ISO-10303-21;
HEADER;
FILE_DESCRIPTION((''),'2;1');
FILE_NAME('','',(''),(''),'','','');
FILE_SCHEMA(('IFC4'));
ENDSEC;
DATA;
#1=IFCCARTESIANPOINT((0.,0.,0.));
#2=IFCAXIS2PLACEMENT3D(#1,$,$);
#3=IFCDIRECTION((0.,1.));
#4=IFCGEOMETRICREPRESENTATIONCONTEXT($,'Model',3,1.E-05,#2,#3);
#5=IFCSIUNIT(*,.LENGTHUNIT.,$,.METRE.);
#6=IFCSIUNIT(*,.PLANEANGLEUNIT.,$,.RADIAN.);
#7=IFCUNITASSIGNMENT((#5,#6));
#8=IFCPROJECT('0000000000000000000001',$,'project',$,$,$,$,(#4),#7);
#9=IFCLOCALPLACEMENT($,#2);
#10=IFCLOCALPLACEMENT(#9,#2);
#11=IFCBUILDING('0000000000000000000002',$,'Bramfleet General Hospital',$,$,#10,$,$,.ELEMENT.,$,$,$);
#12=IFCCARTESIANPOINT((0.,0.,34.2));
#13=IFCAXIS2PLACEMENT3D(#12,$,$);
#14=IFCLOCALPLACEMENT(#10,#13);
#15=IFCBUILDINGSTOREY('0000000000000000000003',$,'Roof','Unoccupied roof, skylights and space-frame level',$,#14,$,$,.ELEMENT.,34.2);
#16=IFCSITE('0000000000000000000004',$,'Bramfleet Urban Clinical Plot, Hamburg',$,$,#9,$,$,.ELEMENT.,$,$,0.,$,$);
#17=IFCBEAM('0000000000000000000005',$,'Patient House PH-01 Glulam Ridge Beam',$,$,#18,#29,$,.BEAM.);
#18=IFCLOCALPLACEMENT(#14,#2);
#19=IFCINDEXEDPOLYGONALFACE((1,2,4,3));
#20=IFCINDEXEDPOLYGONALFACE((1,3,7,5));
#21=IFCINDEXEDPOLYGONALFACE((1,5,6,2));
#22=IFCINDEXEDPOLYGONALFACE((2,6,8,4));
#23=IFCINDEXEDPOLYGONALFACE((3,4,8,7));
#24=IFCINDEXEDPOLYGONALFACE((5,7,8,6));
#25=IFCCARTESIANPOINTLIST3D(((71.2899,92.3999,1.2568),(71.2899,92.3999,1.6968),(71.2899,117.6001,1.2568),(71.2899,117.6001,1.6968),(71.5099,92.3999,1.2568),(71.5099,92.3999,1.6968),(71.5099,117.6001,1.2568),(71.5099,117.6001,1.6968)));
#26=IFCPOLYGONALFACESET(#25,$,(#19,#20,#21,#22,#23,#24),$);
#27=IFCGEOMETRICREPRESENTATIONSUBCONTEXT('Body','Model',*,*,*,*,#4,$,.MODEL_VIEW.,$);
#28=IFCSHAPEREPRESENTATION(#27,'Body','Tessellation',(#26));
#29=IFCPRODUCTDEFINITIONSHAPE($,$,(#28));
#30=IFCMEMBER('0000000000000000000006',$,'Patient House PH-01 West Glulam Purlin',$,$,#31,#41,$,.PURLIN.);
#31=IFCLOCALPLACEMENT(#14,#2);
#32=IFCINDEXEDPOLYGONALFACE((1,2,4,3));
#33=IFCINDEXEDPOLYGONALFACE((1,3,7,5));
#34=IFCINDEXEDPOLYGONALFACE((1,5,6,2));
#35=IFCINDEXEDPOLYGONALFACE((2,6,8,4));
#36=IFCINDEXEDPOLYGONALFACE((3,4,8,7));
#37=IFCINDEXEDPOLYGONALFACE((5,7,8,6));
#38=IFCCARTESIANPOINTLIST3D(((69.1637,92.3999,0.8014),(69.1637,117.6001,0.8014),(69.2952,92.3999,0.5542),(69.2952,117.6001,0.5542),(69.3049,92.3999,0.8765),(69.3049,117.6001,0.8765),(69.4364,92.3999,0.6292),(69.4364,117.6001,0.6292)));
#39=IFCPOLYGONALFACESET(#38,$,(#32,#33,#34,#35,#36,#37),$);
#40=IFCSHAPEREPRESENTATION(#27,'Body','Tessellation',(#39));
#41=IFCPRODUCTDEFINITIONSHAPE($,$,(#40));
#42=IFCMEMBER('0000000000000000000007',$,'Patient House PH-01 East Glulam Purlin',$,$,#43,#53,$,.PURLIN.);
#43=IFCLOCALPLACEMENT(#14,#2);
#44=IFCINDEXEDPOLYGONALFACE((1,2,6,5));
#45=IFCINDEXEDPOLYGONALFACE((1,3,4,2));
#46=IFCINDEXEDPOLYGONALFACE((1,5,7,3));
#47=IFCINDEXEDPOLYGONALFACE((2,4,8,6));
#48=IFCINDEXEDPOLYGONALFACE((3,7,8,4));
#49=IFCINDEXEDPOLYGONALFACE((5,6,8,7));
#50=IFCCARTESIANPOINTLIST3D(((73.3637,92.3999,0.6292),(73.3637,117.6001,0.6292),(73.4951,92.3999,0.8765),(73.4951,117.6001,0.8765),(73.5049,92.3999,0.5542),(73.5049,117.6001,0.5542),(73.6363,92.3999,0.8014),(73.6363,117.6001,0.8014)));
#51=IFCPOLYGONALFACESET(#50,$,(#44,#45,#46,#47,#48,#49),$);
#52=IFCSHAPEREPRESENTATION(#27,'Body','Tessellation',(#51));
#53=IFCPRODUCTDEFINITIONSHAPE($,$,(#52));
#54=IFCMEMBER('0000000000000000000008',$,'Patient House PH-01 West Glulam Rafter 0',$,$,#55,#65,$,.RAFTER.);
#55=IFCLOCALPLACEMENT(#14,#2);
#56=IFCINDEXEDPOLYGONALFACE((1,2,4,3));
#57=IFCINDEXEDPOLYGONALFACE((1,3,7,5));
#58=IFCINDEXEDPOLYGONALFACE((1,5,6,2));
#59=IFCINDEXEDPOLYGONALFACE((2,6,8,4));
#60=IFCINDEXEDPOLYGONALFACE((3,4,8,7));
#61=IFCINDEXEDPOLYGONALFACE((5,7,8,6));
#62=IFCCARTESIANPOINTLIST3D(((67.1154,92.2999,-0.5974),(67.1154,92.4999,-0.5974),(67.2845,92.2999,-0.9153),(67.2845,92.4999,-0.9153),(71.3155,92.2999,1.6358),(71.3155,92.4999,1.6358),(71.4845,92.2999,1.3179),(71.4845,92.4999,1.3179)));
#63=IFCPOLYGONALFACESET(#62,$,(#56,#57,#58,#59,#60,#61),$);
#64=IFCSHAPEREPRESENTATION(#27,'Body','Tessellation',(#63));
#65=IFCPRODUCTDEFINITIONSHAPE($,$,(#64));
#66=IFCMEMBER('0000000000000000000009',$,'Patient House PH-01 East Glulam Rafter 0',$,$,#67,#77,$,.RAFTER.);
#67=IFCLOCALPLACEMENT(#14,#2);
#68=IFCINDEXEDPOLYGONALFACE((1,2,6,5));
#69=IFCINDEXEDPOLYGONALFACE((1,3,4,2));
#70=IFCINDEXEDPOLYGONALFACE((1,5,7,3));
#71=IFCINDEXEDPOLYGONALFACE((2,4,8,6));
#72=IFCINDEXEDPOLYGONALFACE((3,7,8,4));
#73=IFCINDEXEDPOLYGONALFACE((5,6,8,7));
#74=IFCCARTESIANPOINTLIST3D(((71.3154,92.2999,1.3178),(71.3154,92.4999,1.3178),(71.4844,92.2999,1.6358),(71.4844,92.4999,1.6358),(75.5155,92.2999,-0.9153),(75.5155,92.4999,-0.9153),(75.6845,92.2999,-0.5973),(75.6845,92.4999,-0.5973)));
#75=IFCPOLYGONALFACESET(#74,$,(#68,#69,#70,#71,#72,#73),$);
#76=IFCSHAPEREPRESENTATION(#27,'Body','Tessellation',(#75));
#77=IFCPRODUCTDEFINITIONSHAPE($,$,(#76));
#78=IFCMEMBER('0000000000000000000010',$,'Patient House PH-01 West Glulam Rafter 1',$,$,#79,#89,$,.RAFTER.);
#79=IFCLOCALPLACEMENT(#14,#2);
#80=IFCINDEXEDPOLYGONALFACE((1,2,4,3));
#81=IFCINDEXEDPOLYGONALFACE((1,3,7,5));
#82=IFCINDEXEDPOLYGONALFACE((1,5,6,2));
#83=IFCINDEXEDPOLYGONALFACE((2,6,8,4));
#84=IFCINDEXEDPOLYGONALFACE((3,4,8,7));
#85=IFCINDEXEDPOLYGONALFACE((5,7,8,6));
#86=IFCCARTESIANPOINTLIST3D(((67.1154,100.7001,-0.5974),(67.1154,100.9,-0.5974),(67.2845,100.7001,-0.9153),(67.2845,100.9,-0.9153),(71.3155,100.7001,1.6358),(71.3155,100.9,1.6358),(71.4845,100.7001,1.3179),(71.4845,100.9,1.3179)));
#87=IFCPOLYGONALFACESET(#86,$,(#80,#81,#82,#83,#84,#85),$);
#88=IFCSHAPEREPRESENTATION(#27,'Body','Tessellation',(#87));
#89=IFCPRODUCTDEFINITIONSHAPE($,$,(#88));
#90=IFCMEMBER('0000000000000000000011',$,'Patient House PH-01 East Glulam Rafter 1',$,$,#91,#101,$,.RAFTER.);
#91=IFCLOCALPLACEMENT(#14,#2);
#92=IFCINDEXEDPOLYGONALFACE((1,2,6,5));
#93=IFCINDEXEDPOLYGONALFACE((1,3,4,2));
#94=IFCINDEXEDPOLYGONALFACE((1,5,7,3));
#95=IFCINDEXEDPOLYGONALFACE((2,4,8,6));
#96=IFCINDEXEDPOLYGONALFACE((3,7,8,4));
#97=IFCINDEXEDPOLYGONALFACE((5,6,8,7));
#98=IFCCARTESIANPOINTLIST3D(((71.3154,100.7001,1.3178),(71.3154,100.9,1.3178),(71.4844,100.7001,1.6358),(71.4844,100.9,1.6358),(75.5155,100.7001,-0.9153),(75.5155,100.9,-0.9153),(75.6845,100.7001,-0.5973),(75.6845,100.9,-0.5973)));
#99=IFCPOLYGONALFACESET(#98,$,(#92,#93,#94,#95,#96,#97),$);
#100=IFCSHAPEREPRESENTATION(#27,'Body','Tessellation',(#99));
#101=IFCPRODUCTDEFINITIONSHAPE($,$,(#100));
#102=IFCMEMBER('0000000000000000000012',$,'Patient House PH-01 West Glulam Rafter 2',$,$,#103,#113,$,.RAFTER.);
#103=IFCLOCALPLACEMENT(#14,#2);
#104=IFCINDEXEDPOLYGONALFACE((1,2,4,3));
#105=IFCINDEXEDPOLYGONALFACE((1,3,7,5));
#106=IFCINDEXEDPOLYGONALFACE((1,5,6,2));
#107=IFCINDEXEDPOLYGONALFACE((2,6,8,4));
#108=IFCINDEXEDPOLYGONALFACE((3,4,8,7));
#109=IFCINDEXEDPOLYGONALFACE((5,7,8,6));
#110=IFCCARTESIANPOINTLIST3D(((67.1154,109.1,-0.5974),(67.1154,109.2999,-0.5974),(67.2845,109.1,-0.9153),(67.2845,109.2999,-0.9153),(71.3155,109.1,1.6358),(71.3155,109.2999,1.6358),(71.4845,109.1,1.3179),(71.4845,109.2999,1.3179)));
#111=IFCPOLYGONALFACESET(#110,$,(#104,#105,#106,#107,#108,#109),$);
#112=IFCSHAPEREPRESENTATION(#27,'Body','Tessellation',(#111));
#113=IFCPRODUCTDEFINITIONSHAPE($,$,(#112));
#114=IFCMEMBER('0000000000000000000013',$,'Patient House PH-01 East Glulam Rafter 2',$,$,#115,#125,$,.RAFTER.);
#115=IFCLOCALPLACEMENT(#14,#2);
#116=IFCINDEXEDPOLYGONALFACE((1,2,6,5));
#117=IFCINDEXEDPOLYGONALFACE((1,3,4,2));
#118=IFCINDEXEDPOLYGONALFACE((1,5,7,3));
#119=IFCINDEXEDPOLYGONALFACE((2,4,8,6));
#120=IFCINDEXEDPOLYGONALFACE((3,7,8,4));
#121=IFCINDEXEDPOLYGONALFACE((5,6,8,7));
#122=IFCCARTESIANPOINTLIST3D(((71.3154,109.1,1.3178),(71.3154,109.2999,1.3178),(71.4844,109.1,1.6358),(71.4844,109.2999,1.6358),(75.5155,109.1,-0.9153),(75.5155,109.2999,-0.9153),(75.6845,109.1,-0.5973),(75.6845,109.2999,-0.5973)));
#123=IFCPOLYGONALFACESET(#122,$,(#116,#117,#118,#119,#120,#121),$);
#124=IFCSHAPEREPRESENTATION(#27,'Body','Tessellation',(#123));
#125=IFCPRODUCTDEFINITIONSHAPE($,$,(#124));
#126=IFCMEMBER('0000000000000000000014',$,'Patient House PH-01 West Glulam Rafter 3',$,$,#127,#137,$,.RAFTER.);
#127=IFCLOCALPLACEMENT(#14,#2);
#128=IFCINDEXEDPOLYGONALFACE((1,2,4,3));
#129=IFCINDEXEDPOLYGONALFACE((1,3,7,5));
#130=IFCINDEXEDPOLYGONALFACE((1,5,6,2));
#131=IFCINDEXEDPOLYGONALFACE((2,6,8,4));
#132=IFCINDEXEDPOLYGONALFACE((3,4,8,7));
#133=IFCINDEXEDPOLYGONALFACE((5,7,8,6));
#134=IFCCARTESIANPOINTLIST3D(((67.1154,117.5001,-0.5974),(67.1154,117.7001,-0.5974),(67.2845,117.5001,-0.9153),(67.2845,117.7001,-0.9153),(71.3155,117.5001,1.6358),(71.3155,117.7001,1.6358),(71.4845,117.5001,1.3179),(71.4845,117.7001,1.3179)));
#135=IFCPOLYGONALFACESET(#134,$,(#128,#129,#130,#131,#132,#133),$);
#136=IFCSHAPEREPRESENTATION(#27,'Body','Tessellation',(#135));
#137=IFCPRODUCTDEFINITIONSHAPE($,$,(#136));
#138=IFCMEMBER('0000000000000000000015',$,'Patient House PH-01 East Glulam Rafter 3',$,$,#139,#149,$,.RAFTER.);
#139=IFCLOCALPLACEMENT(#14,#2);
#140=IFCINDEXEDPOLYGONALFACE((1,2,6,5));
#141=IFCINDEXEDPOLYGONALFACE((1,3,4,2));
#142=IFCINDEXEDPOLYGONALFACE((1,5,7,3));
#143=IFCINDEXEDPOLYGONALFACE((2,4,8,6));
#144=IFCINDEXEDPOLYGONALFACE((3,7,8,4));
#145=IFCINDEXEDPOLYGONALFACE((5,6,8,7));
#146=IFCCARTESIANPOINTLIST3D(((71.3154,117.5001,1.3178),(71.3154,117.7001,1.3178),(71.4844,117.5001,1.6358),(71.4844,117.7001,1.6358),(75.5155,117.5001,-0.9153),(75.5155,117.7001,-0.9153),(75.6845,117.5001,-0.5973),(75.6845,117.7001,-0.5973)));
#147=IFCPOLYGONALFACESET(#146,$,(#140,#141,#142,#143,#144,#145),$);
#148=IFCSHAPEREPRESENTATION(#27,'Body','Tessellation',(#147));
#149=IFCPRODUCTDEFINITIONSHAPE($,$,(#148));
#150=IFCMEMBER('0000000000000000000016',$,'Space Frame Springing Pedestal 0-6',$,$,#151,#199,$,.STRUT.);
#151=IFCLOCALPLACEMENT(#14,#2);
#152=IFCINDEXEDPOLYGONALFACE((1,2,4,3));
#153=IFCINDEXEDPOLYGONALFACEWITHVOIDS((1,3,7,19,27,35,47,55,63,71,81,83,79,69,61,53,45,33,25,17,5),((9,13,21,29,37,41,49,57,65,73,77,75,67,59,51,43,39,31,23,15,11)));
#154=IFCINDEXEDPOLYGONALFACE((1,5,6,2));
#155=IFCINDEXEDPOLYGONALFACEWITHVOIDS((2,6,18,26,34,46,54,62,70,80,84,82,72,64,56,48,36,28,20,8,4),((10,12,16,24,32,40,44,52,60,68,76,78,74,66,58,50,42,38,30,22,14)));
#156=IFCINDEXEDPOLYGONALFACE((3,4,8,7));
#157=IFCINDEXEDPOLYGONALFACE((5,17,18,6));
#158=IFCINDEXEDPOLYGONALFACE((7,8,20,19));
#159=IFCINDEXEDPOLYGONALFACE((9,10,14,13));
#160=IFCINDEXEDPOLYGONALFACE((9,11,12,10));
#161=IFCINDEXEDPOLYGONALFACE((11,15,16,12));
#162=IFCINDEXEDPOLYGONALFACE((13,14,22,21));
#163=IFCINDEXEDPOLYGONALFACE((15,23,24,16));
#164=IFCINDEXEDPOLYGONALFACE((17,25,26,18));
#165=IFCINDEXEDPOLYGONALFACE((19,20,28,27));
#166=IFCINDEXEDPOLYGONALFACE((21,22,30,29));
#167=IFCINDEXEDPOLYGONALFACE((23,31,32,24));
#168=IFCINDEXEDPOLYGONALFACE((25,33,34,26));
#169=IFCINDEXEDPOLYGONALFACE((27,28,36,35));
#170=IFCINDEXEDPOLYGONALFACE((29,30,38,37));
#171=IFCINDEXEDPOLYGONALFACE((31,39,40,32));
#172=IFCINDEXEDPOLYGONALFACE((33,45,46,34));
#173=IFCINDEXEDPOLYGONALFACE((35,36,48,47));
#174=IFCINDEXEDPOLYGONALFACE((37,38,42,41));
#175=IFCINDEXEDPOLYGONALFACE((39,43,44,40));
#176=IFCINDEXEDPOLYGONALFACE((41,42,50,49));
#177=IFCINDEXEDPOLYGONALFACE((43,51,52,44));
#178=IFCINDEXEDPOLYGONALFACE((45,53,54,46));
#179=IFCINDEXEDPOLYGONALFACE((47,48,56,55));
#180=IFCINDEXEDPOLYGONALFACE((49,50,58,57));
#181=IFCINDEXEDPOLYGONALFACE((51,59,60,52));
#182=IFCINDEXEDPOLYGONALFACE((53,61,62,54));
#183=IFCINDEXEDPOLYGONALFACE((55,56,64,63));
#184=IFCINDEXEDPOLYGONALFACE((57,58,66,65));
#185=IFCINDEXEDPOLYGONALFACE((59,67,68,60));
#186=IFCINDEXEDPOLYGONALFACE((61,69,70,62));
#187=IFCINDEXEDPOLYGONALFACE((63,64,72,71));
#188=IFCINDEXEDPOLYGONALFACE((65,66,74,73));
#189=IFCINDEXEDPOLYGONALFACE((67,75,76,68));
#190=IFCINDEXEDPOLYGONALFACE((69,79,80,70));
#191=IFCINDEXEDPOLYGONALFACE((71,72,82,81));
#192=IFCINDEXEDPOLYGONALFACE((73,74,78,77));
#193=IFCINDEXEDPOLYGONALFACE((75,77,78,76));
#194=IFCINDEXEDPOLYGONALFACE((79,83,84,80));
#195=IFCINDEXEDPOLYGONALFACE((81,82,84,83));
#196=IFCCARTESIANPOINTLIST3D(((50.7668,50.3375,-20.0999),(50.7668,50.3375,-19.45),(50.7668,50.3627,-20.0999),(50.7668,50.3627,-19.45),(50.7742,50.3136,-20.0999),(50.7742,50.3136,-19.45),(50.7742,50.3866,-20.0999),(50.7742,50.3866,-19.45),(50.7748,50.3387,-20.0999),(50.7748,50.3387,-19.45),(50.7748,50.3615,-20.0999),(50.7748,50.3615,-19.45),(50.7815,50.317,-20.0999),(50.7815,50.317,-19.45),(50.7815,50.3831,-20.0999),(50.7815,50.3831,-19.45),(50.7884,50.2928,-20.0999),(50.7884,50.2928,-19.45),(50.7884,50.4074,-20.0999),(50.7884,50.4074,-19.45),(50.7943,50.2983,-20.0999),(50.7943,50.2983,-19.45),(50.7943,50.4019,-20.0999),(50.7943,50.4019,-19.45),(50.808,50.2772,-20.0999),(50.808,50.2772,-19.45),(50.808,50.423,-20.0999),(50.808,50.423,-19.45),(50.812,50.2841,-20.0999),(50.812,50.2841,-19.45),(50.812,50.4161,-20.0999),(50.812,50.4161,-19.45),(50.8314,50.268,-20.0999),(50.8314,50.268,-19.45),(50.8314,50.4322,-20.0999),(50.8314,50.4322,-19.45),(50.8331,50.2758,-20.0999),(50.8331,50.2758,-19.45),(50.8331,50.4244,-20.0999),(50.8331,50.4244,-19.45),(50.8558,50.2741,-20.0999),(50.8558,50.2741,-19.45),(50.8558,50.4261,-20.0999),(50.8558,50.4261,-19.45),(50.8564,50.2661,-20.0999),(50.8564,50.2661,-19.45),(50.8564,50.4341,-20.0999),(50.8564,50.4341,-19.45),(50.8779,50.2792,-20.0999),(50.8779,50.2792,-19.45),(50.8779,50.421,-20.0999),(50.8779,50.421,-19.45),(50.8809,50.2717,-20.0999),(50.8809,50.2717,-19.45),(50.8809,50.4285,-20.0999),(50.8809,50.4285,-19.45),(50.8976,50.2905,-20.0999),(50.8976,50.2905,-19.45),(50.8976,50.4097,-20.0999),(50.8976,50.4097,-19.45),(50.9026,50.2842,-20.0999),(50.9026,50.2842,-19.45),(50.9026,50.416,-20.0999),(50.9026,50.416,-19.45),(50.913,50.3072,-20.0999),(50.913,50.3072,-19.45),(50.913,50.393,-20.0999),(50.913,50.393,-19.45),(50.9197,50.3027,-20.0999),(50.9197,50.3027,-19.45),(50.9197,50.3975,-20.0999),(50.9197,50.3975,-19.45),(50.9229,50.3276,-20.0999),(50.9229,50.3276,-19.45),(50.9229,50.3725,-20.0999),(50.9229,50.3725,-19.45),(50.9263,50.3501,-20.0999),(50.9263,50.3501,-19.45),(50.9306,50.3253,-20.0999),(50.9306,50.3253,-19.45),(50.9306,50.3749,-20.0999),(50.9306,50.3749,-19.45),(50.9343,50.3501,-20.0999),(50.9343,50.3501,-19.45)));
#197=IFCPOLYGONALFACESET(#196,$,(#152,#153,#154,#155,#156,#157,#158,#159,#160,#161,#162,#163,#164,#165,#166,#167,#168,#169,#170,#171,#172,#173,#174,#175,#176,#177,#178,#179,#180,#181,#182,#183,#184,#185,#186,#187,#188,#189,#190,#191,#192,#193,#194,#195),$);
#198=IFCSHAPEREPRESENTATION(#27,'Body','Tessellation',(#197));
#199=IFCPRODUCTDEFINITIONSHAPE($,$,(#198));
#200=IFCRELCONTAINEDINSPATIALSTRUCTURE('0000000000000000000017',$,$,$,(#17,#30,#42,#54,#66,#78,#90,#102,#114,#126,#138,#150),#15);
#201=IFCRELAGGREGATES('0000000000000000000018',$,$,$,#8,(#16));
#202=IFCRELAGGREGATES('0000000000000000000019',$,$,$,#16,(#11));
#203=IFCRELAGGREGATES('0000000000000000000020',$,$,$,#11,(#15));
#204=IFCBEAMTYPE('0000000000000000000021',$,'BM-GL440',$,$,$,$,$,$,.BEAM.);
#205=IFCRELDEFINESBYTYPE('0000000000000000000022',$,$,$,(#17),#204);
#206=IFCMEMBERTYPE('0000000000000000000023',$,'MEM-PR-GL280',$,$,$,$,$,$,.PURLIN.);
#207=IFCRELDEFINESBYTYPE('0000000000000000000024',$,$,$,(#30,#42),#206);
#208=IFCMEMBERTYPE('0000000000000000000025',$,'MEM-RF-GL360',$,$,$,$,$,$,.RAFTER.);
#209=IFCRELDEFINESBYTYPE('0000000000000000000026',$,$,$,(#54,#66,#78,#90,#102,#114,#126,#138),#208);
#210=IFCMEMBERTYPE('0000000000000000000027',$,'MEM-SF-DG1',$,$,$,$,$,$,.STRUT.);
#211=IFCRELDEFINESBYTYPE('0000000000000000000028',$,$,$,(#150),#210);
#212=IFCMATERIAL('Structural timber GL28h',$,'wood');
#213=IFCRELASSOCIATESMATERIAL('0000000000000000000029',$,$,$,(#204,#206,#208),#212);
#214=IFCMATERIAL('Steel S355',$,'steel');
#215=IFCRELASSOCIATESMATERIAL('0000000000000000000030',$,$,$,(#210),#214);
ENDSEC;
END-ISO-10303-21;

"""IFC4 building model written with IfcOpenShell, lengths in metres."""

from ifc_helpers import new_model, si_unit, direction, frame, origin, origin_2d, place, context, subcontext, project, spatial, rectangle, hollow_circle, extrude, material, material_profile, profile_set, type_object, element, save


model = new_model("IFC4")

# Units and contexts
model_context = context("Model", 3, precision=1e-05, world=origin(), true_north=direction((0.0, 1.0)))
body_context = subcontext(model_context, "Body", "Model", "MODEL_VIEW")
ifc_project = project(units=[si_unit("LENGTHUNIT", "METRE"), si_unit("PLANEANGLEUNIT", "RADIAN")], contexts=[model_context])

# Site, building, storey
site_placement = place(None, origin())
site = spatial("IfcSite", under=ifc_project, at=site_placement, Name="Bramfleet Urban Clinical Plot, Hamburg", CompositionType="ELEMENT", RefElevation=0.0)
building_placement = place(site_placement, origin())
building = spatial("IfcBuilding", under=site, at=building_placement, Name="Bramfleet General Hospital", CompositionType="ELEMENT")
storey_placement = place(building_placement, frame((0.0, 0.0, 34.2)))
storey = spatial("IfcBuildingStorey", under=building, at=storey_placement, Name="Roof", Description="Unoccupied roof, skylights and space-frame level", CompositionType="ELEMENT", Elevation=34.2)

# Beam
ifc_material_1 = material(Name="Structural timber GL28h", Category="wood")
ifc_material_profile_1 = material_profile(ifc_material_1, rectangle(XDim=0.22, YDim=0.4399, at=origin_2d()), Name="GL28h 440x220")
ifc_profile_set_1 = profile_set([ifc_material_profile_1], Name="Structural timber GL28h")
beam_type = type_object("IfcBeamType", Name="BM-GL440", PredefinedType="BEAM", material=ifc_profile_set_1)
beam_placement = place(storey_placement, frame((71.3999, 92.3999, 1.4768), z_axis=(0.0, 1.0, 0.0), x_axis=(-1.0, 0.0, 0.0)))
element("IfcBeam", 1, at=beam_placement, inside=storey, type_object=beam_type, Name="Patient House PH-01 Glulam Ridge Beam", PredefinedType="BEAM", context=body_context, shape_type="SweptSolid", body=[
    extrude(rectangle(XDim=0.22, YDim=0.4399, at=origin_2d()), origin(), (0.0, 0.0, 1.0), 25.2002),
])

# Members
ifc_material_profile_2 = material_profile(ifc_material_1, rectangle(XDim=0.1599, YDim=0.28, at=origin_2d()), Name="GL28h 280x160")
ifc_profile_set_2 = profile_set([ifc_material_profile_2], Name="Structural timber GL28h")
member_type_1 = type_object("IfcMemberType", Name="MEM-PR-GL280", PredefinedType="PURLIN", material=ifc_profile_set_2)
for number, where, z_axis, x_axis, name in (
    (2, (69.3, 92.3999, 0.7153), (0.0, 1.0, 0.0), (-0.882948, 0.0, -0.469472), "Patient House PH-01 West Glulam Purlin"),
    (3, (73.5, 92.3999, 0.7153), (0.0, 1.0, 0.0), (-0.882948, 0.0, 0.469472), "Patient House PH-01 East Glulam Purlin"),
):
    element("IfcMember", number, at=place(storey_placement, frame(where, z_axis=z_axis, x_axis=x_axis)), inside=storey, type_object=member_type_1, Name=name, PredefinedType="PURLIN", context=body_context, shape_type="SweptSolid", body=[
        extrude(rectangle(XDim=0.1599, YDim=0.28, at=origin_2d()), origin(), (0.0, 0.0, 1.0), 25.2002),
    ])
ifc_material_profile_3 = material_profile(ifc_material_1, rectangle(XDim=0.2, YDim=0.3601, at=origin_2d()), Name="GL28h 360x200")
ifc_profile_set_3 = profile_set([ifc_material_profile_3], Name="Structural timber GL28h")
member_type_2 = type_object("IfcMemberType", Name="MEM-RF-GL360", PredefinedType="RAFTER", material=ifc_profile_set_3)
for number, where, z_axis, x_axis, name in (
    (4, (67.2, 92.3999, -0.7563), (0.882948, 0.0, 0.469472), (0.0, 1.0, 0.0), "Patient House PH-01 West Glulam Rafter 0"),
    (5, (71.3999, 92.3999, 1.4768), (0.882959, 0.0, -0.46945), (0.0, 1.0, 0.0), "Patient House PH-01 East Glulam Rafter 0"),
    (6, (67.2, 100.8, -0.7563), (0.882948, 0.0, 0.469472), (0.0, 1.0, 0.0), "Patient House PH-01 West Glulam Rafter 1"),
    (7, (71.3999, 100.8, 1.4768), (0.882959, 0.0, -0.46945), (0.0, 1.0, 0.0), "Patient House PH-01 East Glulam Rafter 1"),
    (8, (67.2, 109.2, -0.7563), (0.882948, 0.0, 0.469472), (0.0, 1.0, 0.0), "Patient House PH-01 West Glulam Rafter 2"),
    (9, (71.3999, 109.2, 1.4768), (0.882959, 0.0, -0.46945), (0.0, 1.0, 0.0), "Patient House PH-01 East Glulam Rafter 2"),
    (10, (67.2, 117.6001, -0.7563), (0.882948, 0.0, 0.469472), (0.0, 1.0, 0.0), "Patient House PH-01 West Glulam Rafter 3"),
    (11, (71.3999, 117.6001, 1.4768), (0.882959, 0.0, -0.46945), (0.0, 1.0, 0.0), "Patient House PH-01 East Glulam Rafter 3"),
):
    element("IfcMember", number, at=place(storey_placement, frame(where, z_axis=z_axis, x_axis=x_axis)), inside=storey, type_object=member_type_2, Name=name, PredefinedType="RAFTER", context=body_context, shape_type="SweptSolid", body=[
        extrude(rectangle(XDim=0.2, YDim=0.3601, at=origin_2d()), origin(), (0.0, 0.0, 1.0), 4.7568),
    ])
ifc_material_2 = material(Name="Steel S355", Category="steel")
ifc_material_profile_4 = material_profile(ifc_material_2, hollow_circle(Radius=0.0842, WallThickness=0.0081, at=origin_2d()), Name="CHS 168.3x8.0")
ifc_profile_set_4 = profile_set([ifc_material_profile_4], Name="Steel S355")
member_type_3 = type_object("IfcMemberType", Name="MEM-SF-DG1", PredefinedType="STRUT", material=ifc_profile_set_4)
for number, where, z_axis, x_axis, name in (
    (12, (50.8501, 50.3501, -20.0999), (0.0, 0.0, 1.0), (1.0, 0.0, 0.0), "Space Frame Springing Pedestal 0-6"),
):
    element("IfcMember", number, at=place(storey_placement, frame(where, z_axis=z_axis, x_axis=x_axis)), inside=storey, type_object=member_type_3, Name=name, PredefinedType="STRUT", context=body_context, shape_type="SweptSolid", body=[
        extrude(hollow_circle(Radius=0.0842, WallThickness=0.0081, at=origin_2d()), origin(), (0.0, 0.0, 1.0), 0.6499),
    ])

save(model, "model.ifc")
